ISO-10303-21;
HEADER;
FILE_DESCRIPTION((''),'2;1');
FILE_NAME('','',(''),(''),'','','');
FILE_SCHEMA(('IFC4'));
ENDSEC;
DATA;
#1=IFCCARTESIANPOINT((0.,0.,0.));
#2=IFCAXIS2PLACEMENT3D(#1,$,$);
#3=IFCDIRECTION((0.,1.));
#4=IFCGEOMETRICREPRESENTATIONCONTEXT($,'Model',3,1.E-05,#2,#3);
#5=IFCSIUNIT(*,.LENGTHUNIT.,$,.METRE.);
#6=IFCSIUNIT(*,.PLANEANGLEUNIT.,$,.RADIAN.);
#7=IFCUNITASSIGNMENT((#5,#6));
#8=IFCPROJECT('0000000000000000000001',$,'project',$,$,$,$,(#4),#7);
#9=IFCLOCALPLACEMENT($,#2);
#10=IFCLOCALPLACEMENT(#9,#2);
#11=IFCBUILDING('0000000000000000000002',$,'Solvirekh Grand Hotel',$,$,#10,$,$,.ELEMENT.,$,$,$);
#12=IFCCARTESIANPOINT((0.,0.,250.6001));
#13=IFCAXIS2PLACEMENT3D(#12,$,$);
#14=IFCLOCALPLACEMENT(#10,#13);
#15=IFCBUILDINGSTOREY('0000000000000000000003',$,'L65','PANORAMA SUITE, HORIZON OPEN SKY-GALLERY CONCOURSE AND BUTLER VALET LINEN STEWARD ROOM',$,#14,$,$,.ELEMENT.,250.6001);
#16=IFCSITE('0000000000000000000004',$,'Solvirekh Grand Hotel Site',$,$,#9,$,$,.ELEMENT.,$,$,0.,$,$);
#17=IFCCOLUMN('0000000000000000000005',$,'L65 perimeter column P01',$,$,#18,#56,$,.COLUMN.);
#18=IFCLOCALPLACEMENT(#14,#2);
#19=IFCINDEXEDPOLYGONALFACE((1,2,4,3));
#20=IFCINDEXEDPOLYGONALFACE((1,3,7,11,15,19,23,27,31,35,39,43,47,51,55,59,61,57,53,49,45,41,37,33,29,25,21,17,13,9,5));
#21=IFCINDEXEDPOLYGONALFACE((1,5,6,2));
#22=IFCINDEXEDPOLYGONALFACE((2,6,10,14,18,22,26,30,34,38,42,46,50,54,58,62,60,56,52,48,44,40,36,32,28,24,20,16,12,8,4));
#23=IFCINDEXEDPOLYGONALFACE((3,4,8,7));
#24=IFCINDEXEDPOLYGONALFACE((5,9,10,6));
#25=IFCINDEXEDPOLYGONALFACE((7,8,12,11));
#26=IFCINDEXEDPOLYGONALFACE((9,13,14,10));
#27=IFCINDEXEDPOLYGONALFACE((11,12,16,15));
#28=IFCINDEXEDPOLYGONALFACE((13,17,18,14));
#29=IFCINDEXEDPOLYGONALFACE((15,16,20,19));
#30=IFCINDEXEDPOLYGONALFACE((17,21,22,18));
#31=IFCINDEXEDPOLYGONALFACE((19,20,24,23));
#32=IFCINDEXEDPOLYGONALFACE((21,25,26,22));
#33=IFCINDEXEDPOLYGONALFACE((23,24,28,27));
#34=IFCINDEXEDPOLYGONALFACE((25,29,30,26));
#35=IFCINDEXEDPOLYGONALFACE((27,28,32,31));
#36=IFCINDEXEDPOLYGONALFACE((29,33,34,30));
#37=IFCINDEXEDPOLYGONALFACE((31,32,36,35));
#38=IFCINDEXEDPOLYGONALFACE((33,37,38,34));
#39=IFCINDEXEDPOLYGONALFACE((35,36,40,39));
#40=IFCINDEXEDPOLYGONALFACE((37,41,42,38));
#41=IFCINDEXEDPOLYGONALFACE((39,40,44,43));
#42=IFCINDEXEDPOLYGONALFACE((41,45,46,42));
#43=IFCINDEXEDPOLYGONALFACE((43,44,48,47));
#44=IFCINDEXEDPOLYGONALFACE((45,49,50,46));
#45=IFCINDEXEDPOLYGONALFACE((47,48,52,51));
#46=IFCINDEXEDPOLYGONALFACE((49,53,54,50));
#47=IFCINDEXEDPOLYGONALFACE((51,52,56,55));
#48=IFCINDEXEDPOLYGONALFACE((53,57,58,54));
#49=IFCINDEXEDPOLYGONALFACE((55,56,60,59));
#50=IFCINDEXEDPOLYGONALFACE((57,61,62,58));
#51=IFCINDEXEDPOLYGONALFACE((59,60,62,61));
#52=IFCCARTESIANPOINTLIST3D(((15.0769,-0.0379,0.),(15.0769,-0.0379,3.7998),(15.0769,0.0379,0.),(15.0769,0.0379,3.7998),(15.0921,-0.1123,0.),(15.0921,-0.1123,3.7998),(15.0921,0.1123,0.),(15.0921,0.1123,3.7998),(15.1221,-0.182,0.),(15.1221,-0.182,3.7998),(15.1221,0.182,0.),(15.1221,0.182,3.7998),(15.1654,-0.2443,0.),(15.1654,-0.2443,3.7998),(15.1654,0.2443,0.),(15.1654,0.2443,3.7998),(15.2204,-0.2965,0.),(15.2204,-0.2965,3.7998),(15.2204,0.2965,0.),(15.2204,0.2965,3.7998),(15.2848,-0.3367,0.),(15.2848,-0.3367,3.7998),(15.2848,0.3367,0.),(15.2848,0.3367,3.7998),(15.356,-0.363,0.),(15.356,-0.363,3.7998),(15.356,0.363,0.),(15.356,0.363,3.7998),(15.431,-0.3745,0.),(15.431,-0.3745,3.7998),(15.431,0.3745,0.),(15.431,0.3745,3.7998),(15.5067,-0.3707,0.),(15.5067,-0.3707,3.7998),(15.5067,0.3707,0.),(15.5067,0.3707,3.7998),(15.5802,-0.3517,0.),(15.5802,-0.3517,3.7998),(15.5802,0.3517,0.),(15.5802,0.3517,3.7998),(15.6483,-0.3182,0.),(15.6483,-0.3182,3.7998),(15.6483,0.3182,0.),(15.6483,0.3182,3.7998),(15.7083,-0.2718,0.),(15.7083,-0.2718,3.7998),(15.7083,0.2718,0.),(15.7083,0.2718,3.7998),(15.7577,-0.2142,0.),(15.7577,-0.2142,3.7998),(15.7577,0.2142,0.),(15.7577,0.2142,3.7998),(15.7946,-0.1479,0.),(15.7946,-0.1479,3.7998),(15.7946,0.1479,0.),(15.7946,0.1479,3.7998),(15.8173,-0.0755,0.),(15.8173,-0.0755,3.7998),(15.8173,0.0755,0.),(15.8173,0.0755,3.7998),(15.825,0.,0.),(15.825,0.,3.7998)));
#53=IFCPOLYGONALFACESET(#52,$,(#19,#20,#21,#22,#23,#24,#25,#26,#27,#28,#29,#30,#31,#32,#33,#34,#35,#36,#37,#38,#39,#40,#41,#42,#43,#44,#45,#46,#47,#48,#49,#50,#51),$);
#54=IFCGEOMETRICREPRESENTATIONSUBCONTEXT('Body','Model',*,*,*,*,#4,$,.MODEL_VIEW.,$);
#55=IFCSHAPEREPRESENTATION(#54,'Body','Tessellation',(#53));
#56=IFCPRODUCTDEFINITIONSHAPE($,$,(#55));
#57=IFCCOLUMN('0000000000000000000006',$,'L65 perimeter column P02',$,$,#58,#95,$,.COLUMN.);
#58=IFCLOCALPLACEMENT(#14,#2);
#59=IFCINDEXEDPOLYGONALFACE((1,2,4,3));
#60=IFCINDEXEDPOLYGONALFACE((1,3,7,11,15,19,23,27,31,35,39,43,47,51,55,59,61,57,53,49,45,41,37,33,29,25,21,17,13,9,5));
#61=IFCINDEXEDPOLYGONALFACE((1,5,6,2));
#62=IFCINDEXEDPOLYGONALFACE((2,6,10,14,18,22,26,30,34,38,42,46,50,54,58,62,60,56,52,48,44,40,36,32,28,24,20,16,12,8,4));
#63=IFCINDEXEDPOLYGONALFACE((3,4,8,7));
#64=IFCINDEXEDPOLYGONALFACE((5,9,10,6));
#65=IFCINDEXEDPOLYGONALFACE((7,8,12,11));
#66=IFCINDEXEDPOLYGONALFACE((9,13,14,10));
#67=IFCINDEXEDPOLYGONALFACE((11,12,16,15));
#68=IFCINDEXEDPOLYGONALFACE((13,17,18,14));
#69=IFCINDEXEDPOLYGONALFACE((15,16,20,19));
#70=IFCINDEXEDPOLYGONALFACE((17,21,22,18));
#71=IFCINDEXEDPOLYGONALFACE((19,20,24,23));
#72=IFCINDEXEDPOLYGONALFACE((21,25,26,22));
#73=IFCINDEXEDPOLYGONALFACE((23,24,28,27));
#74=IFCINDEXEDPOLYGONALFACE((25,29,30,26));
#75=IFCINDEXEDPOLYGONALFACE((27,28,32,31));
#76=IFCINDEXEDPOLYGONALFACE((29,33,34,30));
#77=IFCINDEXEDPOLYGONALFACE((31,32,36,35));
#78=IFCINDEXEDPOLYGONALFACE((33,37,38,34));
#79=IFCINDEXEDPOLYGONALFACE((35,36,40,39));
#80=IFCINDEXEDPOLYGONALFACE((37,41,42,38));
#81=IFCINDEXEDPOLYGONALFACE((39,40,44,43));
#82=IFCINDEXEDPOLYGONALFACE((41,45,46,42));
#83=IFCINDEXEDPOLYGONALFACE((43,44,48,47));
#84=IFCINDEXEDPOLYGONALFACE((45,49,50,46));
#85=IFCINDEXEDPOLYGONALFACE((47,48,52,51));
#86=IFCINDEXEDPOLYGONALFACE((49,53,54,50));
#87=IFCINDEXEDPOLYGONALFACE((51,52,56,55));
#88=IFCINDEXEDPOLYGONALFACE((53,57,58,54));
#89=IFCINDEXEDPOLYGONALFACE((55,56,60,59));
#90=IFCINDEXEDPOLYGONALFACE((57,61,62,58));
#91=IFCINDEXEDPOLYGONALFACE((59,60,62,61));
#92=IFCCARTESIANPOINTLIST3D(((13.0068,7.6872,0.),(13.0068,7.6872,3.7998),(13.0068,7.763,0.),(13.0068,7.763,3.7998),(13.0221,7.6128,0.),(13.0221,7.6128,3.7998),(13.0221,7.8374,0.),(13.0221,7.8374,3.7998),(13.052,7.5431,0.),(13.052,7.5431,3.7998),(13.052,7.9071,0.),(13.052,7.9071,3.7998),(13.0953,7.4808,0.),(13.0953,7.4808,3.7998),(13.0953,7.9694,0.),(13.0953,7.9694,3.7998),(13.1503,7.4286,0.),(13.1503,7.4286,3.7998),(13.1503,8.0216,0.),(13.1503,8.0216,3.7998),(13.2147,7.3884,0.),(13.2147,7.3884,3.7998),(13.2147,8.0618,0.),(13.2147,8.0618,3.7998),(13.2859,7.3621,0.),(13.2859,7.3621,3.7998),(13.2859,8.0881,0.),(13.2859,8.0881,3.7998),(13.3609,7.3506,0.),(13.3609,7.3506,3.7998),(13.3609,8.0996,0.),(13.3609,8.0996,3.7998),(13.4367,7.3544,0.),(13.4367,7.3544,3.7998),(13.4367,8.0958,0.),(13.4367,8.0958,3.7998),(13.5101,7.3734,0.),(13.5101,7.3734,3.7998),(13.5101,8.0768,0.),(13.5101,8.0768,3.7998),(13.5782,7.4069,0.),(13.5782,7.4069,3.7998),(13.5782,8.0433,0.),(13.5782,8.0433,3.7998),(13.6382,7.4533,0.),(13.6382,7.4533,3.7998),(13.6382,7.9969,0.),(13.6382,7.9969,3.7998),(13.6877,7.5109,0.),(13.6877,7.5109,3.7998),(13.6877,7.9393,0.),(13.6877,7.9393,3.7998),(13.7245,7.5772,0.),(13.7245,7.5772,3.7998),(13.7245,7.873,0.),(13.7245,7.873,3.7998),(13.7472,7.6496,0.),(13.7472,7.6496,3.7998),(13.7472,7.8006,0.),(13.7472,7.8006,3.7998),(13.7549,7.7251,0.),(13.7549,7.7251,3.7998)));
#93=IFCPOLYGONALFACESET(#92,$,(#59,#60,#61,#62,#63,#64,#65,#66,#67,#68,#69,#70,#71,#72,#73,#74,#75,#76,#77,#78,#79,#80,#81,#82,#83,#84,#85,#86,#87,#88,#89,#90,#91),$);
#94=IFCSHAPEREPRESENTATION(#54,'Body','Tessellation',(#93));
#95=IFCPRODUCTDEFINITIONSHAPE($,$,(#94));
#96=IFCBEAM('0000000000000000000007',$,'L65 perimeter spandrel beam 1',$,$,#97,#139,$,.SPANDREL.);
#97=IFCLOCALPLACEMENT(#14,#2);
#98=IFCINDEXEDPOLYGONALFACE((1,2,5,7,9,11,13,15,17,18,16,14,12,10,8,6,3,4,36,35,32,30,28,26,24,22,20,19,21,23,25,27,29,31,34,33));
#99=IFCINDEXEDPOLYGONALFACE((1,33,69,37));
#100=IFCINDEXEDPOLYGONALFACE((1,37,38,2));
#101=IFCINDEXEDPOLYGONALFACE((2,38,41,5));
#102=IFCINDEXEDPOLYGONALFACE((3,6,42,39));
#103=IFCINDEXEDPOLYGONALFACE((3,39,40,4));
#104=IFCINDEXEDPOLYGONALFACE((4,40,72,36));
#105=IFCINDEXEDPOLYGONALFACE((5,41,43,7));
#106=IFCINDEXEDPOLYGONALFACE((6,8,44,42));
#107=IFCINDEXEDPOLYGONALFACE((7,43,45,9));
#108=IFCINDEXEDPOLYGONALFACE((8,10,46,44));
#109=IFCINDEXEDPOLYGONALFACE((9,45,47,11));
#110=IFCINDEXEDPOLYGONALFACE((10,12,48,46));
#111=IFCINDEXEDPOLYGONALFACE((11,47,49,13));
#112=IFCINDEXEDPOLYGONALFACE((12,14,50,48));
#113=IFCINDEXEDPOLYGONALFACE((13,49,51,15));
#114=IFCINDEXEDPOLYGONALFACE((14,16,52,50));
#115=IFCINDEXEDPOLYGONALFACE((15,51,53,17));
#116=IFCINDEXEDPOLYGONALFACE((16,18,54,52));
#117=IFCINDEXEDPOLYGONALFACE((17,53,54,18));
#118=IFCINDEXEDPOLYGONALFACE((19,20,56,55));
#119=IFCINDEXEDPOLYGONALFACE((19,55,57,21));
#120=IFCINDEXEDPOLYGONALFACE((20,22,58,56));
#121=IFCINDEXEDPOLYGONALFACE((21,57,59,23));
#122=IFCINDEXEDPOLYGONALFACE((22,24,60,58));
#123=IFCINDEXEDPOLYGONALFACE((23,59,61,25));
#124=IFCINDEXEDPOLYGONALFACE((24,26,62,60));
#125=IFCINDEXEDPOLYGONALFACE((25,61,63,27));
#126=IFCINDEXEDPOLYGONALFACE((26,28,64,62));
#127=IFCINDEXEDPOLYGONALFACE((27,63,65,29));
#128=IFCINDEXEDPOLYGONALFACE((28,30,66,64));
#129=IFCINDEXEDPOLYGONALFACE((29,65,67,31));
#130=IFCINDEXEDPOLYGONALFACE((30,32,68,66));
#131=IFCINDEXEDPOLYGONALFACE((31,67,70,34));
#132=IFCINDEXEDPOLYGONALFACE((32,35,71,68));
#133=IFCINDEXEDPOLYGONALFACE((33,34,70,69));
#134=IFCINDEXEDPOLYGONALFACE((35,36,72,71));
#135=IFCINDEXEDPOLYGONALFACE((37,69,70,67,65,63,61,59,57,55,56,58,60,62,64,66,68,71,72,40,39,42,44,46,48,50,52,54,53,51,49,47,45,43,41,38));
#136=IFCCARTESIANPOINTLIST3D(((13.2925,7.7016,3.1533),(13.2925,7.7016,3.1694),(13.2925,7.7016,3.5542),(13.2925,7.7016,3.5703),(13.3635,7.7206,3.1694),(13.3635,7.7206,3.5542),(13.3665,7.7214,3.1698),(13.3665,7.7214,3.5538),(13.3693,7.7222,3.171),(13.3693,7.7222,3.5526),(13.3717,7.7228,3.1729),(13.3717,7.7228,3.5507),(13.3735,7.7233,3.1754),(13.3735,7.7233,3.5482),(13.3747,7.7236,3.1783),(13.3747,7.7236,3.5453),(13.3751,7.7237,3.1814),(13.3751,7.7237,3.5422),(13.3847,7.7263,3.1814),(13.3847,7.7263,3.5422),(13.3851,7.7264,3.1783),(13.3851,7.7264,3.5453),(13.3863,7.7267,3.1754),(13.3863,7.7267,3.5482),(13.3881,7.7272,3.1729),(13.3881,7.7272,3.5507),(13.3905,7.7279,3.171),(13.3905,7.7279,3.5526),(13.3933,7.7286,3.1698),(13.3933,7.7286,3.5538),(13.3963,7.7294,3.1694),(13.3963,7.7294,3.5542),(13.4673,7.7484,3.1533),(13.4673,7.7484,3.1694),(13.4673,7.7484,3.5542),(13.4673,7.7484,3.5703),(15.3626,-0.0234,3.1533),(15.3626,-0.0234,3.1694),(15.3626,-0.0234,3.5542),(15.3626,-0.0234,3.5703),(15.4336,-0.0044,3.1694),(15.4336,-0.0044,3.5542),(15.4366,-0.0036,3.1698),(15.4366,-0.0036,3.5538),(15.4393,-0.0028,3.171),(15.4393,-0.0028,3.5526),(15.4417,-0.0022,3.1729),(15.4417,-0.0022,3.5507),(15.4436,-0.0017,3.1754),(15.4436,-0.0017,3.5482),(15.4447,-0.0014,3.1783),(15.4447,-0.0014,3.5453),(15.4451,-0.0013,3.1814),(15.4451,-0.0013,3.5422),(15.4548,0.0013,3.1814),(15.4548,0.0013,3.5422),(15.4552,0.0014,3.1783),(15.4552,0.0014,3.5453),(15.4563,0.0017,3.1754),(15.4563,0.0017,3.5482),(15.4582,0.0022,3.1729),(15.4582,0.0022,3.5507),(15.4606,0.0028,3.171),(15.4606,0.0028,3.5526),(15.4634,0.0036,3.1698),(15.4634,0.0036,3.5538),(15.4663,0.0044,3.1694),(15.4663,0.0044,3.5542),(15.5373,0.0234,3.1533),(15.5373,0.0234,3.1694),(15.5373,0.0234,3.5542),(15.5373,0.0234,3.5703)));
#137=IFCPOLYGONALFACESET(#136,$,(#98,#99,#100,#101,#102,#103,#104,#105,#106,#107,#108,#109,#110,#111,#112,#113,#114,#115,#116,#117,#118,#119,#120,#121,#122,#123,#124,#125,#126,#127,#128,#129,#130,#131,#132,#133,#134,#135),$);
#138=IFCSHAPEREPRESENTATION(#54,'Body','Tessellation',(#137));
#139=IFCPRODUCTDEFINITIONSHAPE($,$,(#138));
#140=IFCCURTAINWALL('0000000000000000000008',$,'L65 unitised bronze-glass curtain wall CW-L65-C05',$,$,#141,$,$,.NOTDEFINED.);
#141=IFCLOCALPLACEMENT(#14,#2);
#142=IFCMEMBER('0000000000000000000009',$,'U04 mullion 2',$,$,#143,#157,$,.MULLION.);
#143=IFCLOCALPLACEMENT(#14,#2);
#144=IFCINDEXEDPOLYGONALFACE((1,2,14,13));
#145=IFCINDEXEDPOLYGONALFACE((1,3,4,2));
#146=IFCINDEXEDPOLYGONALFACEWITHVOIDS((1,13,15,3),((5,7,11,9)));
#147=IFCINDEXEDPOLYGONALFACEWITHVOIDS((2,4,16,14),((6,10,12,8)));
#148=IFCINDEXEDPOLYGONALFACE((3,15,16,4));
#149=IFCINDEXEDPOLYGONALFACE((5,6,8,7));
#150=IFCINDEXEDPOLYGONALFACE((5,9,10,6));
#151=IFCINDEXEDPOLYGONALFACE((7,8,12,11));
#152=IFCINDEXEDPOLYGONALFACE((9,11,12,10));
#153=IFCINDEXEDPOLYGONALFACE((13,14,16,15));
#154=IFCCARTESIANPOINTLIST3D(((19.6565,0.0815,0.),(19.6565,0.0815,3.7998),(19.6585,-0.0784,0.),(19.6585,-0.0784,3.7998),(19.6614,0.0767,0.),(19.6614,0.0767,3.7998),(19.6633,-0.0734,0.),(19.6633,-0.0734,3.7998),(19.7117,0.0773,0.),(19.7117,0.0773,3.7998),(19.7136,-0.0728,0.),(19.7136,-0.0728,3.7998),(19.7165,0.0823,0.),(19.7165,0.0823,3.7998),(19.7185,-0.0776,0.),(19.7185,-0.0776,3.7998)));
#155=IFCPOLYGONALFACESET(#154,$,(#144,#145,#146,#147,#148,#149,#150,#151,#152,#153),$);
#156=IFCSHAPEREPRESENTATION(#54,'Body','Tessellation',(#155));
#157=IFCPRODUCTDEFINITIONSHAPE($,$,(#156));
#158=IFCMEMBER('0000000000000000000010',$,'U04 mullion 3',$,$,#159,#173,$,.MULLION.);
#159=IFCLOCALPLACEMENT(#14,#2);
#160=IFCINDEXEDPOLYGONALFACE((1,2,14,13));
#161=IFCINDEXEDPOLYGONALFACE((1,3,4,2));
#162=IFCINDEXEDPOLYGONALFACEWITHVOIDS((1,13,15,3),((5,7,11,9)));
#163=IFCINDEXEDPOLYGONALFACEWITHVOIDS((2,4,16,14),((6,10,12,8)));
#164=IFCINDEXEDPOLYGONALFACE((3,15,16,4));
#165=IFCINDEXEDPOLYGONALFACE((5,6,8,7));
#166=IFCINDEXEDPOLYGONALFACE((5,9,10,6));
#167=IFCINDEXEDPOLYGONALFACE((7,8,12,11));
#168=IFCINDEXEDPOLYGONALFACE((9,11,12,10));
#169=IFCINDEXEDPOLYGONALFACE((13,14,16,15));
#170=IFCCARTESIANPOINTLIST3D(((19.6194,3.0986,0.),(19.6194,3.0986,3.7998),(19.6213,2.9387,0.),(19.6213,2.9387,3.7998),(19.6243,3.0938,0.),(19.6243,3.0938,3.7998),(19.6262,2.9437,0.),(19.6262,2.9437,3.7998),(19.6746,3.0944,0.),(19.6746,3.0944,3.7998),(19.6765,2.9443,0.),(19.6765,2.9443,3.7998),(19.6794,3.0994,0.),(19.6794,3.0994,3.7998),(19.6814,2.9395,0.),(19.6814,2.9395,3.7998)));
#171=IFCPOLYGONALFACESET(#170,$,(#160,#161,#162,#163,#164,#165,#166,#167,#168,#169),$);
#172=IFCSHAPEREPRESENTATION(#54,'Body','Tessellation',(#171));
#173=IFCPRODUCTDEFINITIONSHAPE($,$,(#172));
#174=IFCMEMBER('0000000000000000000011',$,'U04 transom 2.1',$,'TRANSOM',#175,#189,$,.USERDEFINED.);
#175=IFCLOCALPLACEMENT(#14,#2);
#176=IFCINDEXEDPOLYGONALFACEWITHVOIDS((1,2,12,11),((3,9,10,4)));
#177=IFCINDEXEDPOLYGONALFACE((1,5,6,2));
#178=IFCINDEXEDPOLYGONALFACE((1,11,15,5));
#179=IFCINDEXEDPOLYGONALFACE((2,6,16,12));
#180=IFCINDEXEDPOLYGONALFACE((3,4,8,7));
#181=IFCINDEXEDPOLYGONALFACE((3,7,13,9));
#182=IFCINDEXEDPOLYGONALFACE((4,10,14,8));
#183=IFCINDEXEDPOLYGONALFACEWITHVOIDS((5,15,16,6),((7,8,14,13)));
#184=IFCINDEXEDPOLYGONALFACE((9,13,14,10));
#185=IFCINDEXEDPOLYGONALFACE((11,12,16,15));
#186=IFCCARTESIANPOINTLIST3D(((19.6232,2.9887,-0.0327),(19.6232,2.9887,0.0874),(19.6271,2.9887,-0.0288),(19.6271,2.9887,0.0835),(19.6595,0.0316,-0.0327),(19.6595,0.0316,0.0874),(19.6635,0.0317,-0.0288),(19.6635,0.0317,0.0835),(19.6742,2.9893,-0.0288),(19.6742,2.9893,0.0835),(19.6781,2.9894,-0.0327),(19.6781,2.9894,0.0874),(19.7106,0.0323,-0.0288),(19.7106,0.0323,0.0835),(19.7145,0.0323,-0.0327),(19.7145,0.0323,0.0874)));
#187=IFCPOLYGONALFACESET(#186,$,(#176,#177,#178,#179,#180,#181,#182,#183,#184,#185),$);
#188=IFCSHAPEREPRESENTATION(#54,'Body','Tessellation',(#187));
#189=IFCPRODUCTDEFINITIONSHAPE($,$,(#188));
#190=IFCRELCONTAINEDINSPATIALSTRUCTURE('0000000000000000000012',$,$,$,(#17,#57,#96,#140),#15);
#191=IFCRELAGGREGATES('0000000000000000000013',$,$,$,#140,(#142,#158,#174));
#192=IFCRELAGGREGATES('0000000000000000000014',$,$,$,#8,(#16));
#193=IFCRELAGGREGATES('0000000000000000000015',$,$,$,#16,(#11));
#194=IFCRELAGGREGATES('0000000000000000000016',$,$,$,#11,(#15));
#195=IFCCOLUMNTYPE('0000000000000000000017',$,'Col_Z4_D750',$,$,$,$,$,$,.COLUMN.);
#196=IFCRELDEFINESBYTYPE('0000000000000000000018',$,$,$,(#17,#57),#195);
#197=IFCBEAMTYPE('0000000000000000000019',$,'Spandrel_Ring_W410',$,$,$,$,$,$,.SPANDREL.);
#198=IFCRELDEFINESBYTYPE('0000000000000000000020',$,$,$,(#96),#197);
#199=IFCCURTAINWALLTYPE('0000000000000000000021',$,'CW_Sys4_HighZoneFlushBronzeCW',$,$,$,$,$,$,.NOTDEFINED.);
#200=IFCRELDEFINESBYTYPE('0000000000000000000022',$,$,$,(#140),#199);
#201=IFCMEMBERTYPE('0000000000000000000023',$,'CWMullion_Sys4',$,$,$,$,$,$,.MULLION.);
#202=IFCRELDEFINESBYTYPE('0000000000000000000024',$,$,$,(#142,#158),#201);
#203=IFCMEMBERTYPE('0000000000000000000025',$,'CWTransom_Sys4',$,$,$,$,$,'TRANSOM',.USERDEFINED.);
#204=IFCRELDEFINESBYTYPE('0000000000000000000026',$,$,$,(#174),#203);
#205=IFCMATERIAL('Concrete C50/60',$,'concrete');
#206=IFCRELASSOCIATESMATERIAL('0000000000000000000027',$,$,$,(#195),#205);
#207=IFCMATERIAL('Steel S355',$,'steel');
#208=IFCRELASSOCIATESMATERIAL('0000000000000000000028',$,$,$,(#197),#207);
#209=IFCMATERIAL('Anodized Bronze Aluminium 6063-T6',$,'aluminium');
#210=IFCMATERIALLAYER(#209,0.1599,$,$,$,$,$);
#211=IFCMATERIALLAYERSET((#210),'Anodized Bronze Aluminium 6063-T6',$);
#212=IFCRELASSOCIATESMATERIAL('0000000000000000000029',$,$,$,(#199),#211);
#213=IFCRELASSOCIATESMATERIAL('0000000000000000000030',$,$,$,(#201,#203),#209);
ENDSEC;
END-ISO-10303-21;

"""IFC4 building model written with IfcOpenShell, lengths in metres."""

from ifc_helpers import new_model, si_unit, direction, frame, origin, origin_2d, place, context, subcontext, project, spatial, hollow_rectangle, circle, i_section, extrude, source, transform, mapped, material, layer, layer_set, material_profile, profile_set, type_object, element, aggregate, save


model = new_model("IFC4")

# Units and contexts
model_context = context("Model", 3, precision=1e-05, world=origin(), true_north=direction((0.0, 1.0)))
body_context = subcontext(model_context, "Body", "Model", "MODEL_VIEW")
ifc_project = project(units=[si_unit("LENGTHUNIT", "METRE"), si_unit("PLANEANGLEUNIT", "RADIAN")], contexts=[model_context])

# Site, building, storey
site_placement = place(None, origin())
site = spatial("IfcSite", under=ifc_project, at=site_placement, Name="Solvirekh Grand Hotel Site", CompositionType="ELEMENT", RefElevation=0.0)
building_placement = place(site_placement, origin())
building = spatial("IfcBuilding", under=site, at=building_placement, Name="Solvirekh Grand Hotel", CompositionType="ELEMENT")
storey_placement = place(building_placement, frame((0.0, 0.0, 250.6001)))
storey = spatial("IfcBuildingStorey", under=building, at=storey_placement, Name="L65", Description="PANORAMA SUITE, HORIZON OPEN SKY-GALLERY CONCOURSE AND BUTLER VALET LINEN STEWARD ROOM", CompositionType="ELEMENT", Elevation=250.6001)

# Columns
ifc_material_1 = material(Name="Concrete C50/60", Category="concrete")
ifc_material_profile_1 = material_profile(ifc_material_1, circle(Radius=0.375, at=origin_2d()), Name="RC CIRC D750")
ifc_profile_set_1 = profile_set([ifc_material_profile_1], Name="Concrete C50/60")
column_type = type_object("IfcColumnType", Name="Col_Z4_D750", PredefinedType="COLUMN", material=ifc_profile_set_1)
for number, where, z_axis, x_axis, name in (
    (1, (15.45, 0.0, 0.0), (0.0, 0.0, 1.0), (1.0, 0.0, 0.0), "L65 perimeter column P01"),
    (2, (13.3799, 7.7251, 0.0), (0.0, 0.0, 1.0), (1.0, 0.0, 0.0), "L65 perimeter column P02"),
):
    element("IfcColumn", number, at=place(storey_placement, frame(where, z_axis=z_axis, x_axis=x_axis)), inside=storey, type_object=column_type, Name=name, PredefinedType="COLUMN", context=body_context, shape_type="SweptSolid", body=[
        extrude(circle(Radius=0.375, at=origin_2d()), origin(), (0.0, 0.0, 1.0), 3.7998),
    ])

# Beam
ifc_material_2 = material(Name="Steel S355", Category="steel")
ifc_material_profile_2 = material_profile(ifc_material_2, i_section(OverallWidth=0.1809, OverallDepth=0.417, WebThickness=0.01, FlangeThickness=0.0161, FilletRadius=0.012, at=origin_2d()), Name="W410X85")
ifc_profile_set_2 = profile_set([ifc_material_profile_2], Name="Steel S355")
beam_type = type_object("IfcBeamType", Name="Spandrel_Ring_W410", PredefinedType="SPANDREL", material=ifc_profile_set_2)
beam_placement = place(storey_placement, frame((15.45, 0.0, 3.3618), z_axis=(-0.258835, 0.965922, 0.0), x_axis=(-0.965922, -0.258835, 0.0)))
element("IfcBeam", 3, at=beam_placement, inside=storey, type_object=beam_type, Name="L65 perimeter spandrel beam 1", PredefinedType="SPANDREL", context=body_context, shape_type="SweptSolid", body=[
    extrude(i_section(OverallWidth=0.1809, OverallDepth=0.417, WebThickness=0.01, FlangeThickness=0.0161, FilletRadius=0.012, at=origin_2d()), origin(), (0.0, 0.0, 1.0), 7.9976),
])

# Curtain wall, members
ifc_material_3 = material(Name="Anodized Bronze Aluminium 6063-T6", Category="aluminium")
ifc_layer_1 = layer(ifc_material_3, 0.1599)
ifc_layer_set_1 = layer_set([ifc_layer_1], Name="Anodized Bronze Aluminium 6063-T6")
curtain_wall_type = type_object("IfcCurtainWallType", Name="CW_Sys4_HighZoneFlushBronzeCW", PredefinedType="NOTDEFINED", material=ifc_layer_set_1)
curtain_wall_placement = place(storey_placement, origin())
curtain_wall = element("IfcCurtainWall", 4, at=curtain_wall_placement, inside=storey, type_object=curtain_wall_type, Name="L65 unitised bronze-glass curtain wall CW-L65-C05", PredefinedType="NOTDEFINED")
ifc_material_profile_3 = material_profile(ifc_material_3, hollow_rectangle(XDim=0.0601, YDim=0.1599, WallThickness=0.0049, at=origin_2d()), Name="ALU RHS 160X60X5")
ifc_profile_set_3 = profile_set([ifc_material_profile_3], Name="Anodized Bronze Aluminium 6063-T6")
member_type_1 = type_object("IfcMemberType", Name="CWMullion_Sys4", PredefinedType="MULLION", material=ifc_profile_set_3)
shared_shape_1 = source(origin(), body_context, "Body", "SweptSolid", [
    extrude(hollow_rectangle(XDim=0.0601, YDim=0.1599, WallThickness=0.0049, at=origin_2d()), origin(), (0.0, 0.0, 1.0), 3.7998),
])
member_1_placement = place(storey_placement, frame((19.6875, 0.002, 0.0), z_axis=(0.0, 0.0, 1.0), x_axis=(-0.999924, -0.012306, 0.0)))
member_1 = element("IfcMember", 5, at=member_1_placement, type_object=member_type_1, Name="U04 mullion 2", PredefinedType="MULLION", context=body_context, shape_type="MappedRepresentation", body=[
    mapped(shared_shape_1, transform((0.0, 0.0, 0.0), x_axis=(1.0, 0.0, 0.0), y_axis=(0.0, 1.0, 0.0), z_axis=(0.0, 0.0, 1.0), scale=1.0)),
])
member_2_placement = place(storey_placement, frame((19.6504, 3.019, 0.0), z_axis=(0.0, 0.0, 1.0), x_axis=(-0.999924, -0.012306, 0.0)))
member_2 = element("IfcMember", 6, at=member_2_placement, type_object=member_type_1, Name="U04 mullion 3", PredefinedType="MULLION", context=body_context, shape_type="MappedRepresentation", body=[
    mapped(shared_shape_1, transform((0.0, 0.0, 0.0), x_axis=(1.0, 0.0, 0.0), y_axis=(0.0, 1.0, 0.0), z_axis=(0.0, 0.0, 1.0), scale=1.0)),
])
ifc_material_profile_4 = material_profile(ifc_material_3, hollow_rectangle(XDim=0.0549, YDim=0.1201, WallThickness=0.0039, at=origin_2d()), Name="ALU RHS 120X55X4")
ifc_profile_set_4 = profile_set([ifc_material_profile_4], Name="Anodized Bronze Aluminium 6063-T6")
member_type_2 = type_object("IfcMemberType", Name="CWTransom_Sys4", ElementType="TRANSOM", PredefinedType="USERDEFINED", material=ifc_profile_set_4)
shared_shape_2 = source(origin(), body_context, "Body", "SweptSolid", [
    extrude(hollow_rectangle(XDim=0.0549, YDim=0.1201, WallThickness=0.0039, at=origin_2d()), origin(), (0.0, 0.0, 1.0), 2.9573),
])
member_3_placement = place(storey_placement, frame((19.687, 0.032, 0.0273), z_axis=(-0.012301, 0.999924, 0.0), x_axis=(-0.999924, -0.012301, 0.0)))
member_3 = element("IfcMember", 7, at=member_3_placement, type_object=member_type_2, Name="U04 transom 2.1", ObjectType="TRANSOM", PredefinedType="USERDEFINED", context=body_context, shape_type="MappedRepresentation", body=[
    mapped(shared_shape_2, transform((0.0, 0.0, 0.0), x_axis=(1.0, 0.0, 0.0), y_axis=(0.0, 1.0, 0.0), z_axis=(0.0, 0.0, 1.0), scale=1.0)),
])
aggregate(curtain_wall, [member_1, member_2, member_3])

save(model, "model.ifc")
